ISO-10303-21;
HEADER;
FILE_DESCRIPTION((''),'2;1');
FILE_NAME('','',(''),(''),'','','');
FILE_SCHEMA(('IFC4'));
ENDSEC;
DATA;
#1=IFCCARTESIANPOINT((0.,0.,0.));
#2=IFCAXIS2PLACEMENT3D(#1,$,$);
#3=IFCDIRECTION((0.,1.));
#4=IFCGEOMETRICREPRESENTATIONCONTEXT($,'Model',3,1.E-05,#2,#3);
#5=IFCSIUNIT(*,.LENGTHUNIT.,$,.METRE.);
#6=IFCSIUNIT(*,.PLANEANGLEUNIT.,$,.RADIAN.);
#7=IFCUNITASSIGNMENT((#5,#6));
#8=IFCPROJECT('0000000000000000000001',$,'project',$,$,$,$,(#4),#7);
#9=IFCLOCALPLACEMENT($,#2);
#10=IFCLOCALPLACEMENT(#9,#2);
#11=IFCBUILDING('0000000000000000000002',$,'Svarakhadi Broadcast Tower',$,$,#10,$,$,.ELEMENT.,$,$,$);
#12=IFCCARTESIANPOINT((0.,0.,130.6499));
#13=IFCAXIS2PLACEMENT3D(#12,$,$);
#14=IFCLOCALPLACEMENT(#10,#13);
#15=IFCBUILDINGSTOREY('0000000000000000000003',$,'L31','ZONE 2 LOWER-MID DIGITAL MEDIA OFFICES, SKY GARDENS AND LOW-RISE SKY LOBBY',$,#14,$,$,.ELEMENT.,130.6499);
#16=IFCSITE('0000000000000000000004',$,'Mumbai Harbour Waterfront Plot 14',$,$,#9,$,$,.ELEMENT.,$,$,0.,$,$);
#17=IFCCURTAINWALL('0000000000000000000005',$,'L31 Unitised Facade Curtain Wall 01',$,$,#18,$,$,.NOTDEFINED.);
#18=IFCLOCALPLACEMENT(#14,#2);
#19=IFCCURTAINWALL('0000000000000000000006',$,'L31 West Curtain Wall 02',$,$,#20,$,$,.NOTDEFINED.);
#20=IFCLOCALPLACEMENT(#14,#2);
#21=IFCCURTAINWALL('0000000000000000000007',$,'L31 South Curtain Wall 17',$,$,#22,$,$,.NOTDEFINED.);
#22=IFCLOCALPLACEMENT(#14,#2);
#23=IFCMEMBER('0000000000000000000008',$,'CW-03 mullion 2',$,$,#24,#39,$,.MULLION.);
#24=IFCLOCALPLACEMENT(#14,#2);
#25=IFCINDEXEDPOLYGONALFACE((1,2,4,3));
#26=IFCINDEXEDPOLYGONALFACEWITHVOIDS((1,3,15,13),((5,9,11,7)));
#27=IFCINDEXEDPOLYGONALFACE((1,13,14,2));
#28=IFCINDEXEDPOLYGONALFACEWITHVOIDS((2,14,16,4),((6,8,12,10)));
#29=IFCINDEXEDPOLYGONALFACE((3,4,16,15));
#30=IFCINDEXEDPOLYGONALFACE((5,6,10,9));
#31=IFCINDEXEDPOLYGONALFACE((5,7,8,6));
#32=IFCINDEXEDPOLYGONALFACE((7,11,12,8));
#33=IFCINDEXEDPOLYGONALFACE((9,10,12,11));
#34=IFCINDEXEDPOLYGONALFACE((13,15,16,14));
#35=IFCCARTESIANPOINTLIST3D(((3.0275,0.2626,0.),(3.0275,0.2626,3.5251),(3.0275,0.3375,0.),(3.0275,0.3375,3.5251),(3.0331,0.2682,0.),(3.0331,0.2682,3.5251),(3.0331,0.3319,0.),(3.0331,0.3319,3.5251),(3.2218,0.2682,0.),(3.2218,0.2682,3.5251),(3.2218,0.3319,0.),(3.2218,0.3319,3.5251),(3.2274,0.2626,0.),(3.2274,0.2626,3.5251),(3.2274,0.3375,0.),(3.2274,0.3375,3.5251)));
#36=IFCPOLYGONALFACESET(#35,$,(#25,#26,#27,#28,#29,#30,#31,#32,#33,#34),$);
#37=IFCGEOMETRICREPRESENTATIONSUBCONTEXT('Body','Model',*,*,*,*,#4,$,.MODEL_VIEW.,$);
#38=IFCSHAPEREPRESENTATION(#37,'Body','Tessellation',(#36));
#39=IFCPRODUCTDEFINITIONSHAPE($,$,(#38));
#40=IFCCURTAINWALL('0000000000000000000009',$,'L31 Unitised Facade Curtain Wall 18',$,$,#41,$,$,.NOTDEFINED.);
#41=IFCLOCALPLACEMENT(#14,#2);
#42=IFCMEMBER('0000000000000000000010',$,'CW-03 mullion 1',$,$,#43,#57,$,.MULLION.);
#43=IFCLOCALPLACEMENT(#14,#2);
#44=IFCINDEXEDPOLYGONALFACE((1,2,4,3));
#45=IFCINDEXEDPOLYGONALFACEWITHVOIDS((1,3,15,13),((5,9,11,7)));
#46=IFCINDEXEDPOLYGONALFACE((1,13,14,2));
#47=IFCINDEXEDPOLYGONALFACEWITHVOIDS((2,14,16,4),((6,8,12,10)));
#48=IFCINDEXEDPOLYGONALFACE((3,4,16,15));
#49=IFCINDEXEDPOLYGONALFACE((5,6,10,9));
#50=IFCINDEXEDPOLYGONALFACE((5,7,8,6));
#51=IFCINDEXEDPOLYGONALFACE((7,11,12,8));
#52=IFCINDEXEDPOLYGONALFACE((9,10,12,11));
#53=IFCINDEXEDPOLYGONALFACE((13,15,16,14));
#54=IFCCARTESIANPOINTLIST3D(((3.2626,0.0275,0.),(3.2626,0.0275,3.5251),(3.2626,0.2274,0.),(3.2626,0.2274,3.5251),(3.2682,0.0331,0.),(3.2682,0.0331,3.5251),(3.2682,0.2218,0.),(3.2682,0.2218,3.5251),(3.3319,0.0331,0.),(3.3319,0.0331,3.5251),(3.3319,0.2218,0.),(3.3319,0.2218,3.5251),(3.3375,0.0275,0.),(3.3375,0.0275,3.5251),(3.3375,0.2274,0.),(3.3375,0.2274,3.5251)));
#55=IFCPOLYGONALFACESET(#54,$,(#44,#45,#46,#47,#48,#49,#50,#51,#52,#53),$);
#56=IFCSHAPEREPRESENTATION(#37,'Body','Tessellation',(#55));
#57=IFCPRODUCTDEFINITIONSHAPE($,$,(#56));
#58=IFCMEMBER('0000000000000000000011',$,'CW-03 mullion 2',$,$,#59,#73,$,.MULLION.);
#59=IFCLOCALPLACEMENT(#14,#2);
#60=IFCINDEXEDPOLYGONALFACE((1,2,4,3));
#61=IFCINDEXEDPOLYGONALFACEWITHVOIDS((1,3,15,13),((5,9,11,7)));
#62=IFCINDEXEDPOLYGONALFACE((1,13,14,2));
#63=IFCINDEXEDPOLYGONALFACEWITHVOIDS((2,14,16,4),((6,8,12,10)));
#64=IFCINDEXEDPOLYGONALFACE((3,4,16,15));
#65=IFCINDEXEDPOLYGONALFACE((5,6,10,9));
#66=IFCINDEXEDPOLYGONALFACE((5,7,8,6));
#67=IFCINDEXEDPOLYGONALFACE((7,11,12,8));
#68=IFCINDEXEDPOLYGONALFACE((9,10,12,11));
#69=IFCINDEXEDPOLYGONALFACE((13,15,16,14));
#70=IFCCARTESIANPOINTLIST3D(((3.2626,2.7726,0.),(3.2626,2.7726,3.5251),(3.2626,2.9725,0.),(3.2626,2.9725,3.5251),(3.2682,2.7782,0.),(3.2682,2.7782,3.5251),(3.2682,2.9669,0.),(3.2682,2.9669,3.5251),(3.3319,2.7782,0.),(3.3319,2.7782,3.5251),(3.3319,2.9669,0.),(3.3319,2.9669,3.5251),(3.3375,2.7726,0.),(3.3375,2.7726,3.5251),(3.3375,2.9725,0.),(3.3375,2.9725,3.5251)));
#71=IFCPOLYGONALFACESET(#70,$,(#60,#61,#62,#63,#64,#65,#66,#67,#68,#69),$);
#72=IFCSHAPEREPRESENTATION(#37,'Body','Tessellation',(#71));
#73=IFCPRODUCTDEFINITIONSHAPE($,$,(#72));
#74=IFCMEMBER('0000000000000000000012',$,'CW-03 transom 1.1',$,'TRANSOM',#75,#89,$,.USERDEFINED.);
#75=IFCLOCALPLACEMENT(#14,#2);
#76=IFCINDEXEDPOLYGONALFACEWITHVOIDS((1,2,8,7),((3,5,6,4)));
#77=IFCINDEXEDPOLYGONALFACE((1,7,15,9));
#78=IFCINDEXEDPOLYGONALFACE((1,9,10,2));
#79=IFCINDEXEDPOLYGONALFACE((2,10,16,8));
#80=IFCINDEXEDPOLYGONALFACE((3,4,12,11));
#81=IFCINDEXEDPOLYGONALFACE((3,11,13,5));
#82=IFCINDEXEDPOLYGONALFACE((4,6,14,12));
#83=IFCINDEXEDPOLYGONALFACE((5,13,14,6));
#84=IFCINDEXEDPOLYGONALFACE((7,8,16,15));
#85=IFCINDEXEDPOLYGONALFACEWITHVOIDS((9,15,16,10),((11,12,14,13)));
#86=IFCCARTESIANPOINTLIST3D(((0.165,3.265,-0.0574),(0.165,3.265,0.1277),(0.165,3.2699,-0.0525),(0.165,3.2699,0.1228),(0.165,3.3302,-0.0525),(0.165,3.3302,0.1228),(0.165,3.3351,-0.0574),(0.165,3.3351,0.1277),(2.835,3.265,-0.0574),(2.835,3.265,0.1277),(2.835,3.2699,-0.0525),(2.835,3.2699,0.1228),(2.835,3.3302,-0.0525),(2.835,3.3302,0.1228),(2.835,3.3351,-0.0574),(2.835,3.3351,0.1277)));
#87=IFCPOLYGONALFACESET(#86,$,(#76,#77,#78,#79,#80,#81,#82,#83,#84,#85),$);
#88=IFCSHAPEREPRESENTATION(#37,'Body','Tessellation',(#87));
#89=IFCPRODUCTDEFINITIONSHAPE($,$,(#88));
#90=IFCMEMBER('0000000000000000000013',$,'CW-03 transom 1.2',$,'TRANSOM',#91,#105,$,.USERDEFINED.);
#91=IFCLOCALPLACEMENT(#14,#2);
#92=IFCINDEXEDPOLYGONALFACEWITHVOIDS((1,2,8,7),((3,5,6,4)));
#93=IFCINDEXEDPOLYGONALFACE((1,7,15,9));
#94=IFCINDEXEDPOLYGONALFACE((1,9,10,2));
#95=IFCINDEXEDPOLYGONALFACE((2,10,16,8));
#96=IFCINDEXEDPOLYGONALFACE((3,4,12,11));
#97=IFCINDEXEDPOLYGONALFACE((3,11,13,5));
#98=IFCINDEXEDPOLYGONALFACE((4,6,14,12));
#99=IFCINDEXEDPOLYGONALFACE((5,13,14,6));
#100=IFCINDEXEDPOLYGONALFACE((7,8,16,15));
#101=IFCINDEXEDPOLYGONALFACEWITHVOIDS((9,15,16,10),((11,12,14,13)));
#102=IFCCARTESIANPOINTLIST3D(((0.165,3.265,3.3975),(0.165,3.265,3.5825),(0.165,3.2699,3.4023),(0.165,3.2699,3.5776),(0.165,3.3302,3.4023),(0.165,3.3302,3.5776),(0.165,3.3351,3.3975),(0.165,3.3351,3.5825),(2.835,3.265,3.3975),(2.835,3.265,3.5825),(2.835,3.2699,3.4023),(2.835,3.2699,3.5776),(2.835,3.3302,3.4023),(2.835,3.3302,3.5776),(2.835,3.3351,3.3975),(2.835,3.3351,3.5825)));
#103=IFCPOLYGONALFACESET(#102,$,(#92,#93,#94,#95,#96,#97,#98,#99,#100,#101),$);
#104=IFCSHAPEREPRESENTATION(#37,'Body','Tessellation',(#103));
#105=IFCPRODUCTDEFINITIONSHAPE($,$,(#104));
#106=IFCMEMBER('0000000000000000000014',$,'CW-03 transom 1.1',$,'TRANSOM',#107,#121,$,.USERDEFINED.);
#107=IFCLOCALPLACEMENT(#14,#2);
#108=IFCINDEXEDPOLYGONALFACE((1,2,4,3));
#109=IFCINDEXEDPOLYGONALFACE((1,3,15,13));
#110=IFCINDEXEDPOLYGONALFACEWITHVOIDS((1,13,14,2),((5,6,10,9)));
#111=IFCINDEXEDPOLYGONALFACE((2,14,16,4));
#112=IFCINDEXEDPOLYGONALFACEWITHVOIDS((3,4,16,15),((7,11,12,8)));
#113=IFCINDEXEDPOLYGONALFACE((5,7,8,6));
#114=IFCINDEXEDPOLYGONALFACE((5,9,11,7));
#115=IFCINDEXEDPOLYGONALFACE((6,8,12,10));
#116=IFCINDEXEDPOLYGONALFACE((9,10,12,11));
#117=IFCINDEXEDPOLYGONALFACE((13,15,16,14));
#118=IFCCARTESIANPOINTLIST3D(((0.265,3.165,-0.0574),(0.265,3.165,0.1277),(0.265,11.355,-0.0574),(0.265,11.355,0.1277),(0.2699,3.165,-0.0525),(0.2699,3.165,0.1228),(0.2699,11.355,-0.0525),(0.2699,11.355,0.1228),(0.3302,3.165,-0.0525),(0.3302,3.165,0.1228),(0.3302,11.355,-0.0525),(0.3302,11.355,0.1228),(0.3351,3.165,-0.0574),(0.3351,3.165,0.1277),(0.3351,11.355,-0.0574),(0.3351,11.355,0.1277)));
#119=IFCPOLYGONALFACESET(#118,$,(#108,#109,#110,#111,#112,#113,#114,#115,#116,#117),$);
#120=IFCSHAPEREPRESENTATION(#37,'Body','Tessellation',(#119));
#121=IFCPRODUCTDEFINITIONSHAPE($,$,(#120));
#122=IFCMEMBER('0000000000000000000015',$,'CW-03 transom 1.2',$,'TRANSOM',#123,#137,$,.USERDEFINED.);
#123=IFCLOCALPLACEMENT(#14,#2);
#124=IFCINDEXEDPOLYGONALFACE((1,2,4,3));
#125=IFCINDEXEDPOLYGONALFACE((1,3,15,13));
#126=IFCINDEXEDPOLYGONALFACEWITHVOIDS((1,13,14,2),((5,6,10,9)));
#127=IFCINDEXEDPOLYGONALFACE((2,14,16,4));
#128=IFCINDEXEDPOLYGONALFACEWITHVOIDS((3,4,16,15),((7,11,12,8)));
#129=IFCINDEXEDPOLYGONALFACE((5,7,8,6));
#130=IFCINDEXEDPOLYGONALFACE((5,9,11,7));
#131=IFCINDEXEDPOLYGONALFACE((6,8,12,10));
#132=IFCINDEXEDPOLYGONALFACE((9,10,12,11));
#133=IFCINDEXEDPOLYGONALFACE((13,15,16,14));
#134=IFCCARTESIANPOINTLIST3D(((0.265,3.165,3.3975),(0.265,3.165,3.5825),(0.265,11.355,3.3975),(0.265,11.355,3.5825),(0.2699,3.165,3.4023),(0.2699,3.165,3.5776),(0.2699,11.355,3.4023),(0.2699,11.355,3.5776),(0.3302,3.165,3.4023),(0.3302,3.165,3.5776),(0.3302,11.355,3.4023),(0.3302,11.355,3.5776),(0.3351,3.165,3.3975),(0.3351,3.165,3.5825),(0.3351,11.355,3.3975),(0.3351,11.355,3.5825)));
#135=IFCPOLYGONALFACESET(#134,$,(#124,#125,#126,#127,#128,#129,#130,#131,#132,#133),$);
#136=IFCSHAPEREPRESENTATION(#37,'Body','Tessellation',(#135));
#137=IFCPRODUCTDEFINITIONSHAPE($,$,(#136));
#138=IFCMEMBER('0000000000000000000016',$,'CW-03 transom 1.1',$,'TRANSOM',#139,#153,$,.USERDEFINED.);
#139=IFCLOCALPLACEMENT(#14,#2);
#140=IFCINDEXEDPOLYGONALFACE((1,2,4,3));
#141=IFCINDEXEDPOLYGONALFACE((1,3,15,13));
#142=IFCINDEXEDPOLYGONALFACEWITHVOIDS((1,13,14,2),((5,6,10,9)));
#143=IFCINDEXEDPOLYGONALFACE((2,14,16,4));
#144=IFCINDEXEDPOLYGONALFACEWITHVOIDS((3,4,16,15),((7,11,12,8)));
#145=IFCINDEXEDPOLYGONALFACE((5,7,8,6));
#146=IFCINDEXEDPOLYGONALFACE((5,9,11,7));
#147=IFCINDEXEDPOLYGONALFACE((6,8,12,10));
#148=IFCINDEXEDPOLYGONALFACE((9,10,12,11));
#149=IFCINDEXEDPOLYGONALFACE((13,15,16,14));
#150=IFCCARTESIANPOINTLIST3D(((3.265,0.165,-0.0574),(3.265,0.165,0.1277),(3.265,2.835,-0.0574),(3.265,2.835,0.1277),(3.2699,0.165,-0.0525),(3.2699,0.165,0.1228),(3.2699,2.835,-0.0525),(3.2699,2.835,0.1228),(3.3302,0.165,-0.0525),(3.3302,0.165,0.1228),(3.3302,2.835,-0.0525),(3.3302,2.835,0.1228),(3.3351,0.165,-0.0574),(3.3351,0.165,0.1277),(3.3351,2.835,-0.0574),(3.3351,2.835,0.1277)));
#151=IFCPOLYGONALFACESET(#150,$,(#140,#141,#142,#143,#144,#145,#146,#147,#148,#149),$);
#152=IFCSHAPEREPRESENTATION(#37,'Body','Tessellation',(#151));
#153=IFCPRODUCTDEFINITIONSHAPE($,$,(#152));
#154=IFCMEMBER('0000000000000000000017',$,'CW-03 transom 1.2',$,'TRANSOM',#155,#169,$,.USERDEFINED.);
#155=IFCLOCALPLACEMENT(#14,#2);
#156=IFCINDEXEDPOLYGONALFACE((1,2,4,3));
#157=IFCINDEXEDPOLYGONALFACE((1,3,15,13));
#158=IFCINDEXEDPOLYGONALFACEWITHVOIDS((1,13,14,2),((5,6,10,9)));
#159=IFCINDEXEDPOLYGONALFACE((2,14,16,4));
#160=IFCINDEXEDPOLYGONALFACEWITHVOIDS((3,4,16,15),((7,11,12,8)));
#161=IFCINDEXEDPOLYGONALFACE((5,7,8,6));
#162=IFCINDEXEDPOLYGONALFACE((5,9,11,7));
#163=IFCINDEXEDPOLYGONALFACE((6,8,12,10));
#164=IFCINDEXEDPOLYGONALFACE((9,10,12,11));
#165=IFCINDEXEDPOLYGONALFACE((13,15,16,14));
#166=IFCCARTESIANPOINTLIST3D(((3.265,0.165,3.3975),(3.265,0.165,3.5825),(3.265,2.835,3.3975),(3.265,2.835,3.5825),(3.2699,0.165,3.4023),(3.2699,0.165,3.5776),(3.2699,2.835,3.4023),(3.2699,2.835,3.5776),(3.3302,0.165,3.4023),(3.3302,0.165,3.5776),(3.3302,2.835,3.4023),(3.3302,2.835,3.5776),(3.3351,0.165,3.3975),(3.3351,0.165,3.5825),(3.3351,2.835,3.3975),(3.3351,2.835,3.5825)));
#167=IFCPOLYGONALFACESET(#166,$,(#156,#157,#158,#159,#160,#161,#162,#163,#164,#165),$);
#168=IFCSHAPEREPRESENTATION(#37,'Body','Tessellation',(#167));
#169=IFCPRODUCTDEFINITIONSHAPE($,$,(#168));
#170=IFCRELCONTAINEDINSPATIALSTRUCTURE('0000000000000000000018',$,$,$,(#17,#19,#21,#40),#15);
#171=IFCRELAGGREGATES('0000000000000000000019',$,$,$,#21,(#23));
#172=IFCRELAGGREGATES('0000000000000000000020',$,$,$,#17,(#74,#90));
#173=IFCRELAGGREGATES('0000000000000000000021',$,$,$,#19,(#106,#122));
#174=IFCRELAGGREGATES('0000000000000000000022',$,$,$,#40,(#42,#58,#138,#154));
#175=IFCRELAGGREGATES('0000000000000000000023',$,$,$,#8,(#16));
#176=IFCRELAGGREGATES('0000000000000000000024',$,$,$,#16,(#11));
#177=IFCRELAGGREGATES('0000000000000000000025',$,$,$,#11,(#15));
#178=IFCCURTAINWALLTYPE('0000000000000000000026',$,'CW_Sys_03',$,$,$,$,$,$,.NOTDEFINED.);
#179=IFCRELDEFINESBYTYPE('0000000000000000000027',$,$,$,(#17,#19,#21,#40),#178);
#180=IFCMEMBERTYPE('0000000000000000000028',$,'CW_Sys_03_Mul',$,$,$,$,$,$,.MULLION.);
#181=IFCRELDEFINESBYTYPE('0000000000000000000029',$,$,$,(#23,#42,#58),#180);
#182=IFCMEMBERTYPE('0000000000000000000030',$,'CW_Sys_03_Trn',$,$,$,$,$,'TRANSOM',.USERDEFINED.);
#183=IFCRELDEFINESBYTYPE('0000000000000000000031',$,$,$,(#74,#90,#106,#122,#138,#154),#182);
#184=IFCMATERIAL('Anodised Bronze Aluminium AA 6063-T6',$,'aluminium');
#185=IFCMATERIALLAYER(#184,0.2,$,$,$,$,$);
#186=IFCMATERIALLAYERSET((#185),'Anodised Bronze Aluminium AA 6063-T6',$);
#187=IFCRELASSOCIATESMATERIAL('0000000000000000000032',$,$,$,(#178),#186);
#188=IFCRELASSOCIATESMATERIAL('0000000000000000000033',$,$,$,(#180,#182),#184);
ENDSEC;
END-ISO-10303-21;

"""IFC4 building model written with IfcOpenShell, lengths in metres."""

from ifc_helpers import new_model, si_unit, direction, frame, origin, origin_2d, place, context, subcontext, project, spatial, hollow_rectangle, extrude, material, layer, layer_set, material_profile, profile_set, type_object, element, aggregate, save


model = new_model("IFC4")

# Units and contexts
model_context = context("Model", 3, precision=1e-05, world=origin(), true_north=direction((0.0, 1.0)))
body_context = subcontext(model_context, "Body", "Model", "MODEL_VIEW")
ifc_project = project(units=[si_unit("LENGTHUNIT", "METRE"), si_unit("PLANEANGLEUNIT", "RADIAN")], contexts=[model_context])

# Site, building, storey
site_placement = place(None, origin())
site = spatial("IfcSite", under=ifc_project, at=site_placement, Name="Mumbai Harbour Waterfront Plot 14", CompositionType="ELEMENT", RefElevation=0.0)
building_placement = place(site_placement, origin())
building = spatial("IfcBuilding", under=site, at=building_placement, Name="Svarakhadi Broadcast Tower", CompositionType="ELEMENT")
storey_placement = place(building_placement, frame((0.0, 0.0, 130.6499)))
storey = spatial("IfcBuildingStorey", under=building, at=storey_placement, Name="L31", Description="ZONE 2 LOWER-MID DIGITAL MEDIA OFFICES, SKY GARDENS AND LOW-RISE SKY LOBBY", CompositionType="ELEMENT", Elevation=130.6499)

# Curtain wall
ifc_material_1 = material(Name="Anodised Bronze Aluminium AA 6063-T6", Category="aluminium")
ifc_layer_1 = layer(ifc_material_1, 0.2)
ifc_layer_set_1 = layer_set([ifc_layer_1], Name="Anodised Bronze Aluminium AA 6063-T6")
curtain_wall_type = type_object("IfcCurtainWallType", Name="CW_Sys_03", PredefinedType="NOTDEFINED", material=ifc_layer_set_1)
curtain_wall_1_placement = place(storey_placement, origin())
curtain_wall_1 = element("IfcCurtainWall", 1, at=curtain_wall_1_placement, inside=storey, type_object=curtain_wall_type, Name="L31 Unitised Facade Curtain Wall 01", PredefinedType="NOTDEFINED")
ifc_material_profile_1 = material_profile(ifc_material_1, hollow_rectangle(XDim=0.075, YDim=0.2, WallThickness=0.0056, at=origin_2d()), Name="ALU MULLION 200x75x6")
ifc_profile_set_1 = profile_set([ifc_material_profile_1], Name="Anodised Bronze Aluminium AA 6063-T6")
member_type_1 = type_object("IfcMemberType", Name="CW_Sys_03_Mul", PredefinedType="MULLION", material=ifc_profile_set_1)

# Curtain walls, member
curtain_wall_2_placement = place(storey_placement, origin())
curtain_wall_2 = element("IfcCurtainWall", 2, at=curtain_wall_2_placement, inside=storey, type_object=curtain_wall_type, Name="L31 West Curtain Wall 02", PredefinedType="NOTDEFINED")
curtain_wall_3_placement = place(storey_placement, origin())
curtain_wall_3 = element("IfcCurtainWall", 3, at=curtain_wall_3_placement, inside=storey, type_object=curtain_wall_type, Name="L31 South Curtain Wall 17", PredefinedType="NOTDEFINED")
member_1_placement = place(storey_placement, frame((3.1274, 0.3, 0.0), z_axis=(0.0, 0.0, 1.0), x_axis=(0.0, -1.0, 0.0)))
member_1 = element("IfcMember", 4, at=member_1_placement, type_object=member_type_1, Name="CW-03 mullion 2", PredefinedType="MULLION", context=body_context, shape_type="SweptSolid", body=[
    extrude(hollow_rectangle(XDim=0.075, YDim=0.2, WallThickness=0.0056, at=origin_2d()), origin(), (0.0, 0.0, 1.0), 3.5251),
])
aggregate(curtain_wall_3, [member_1])

# Curtain wall, members
curtain_wall_4_placement = place(storey_placement, origin())
curtain_wall_4 = element("IfcCurtainWall", 5, at=curtain_wall_4_placement, inside=storey, type_object=curtain_wall_type, Name="L31 Unitised Facade Curtain Wall 18", PredefinedType="NOTDEFINED")
member_2_placement = place(storey_placement, frame((3.3, 0.1274, 0.0), z_axis=(0.0, 0.0, 1.0), x_axis=(-1.0, 0.0, 0.0)))
member_2 = element("IfcMember", 6, at=member_2_placement, type_object=member_type_1, Name="CW-03 mullion 1", PredefinedType="MULLION", context=body_context, shape_type="SweptSolid", body=[
    extrude(hollow_rectangle(XDim=0.075, YDim=0.2, WallThickness=0.0056, at=origin_2d()), origin(), (0.0, 0.0, 1.0), 3.5251),
])
member_3_placement = place(storey_placement, frame((3.3, 2.8726, 0.0), z_axis=(0.0, 0.0, 1.0), x_axis=(-1.0, 0.0, 0.0)))
member_3 = element("IfcMember", 7, at=member_3_placement, type_object=member_type_1, Name="CW-03 mullion 2", PredefinedType="MULLION", context=body_context, shape_type="SweptSolid", body=[
    extrude(hollow_rectangle(XDim=0.075, YDim=0.2, WallThickness=0.0056, at=origin_2d()), origin(), (0.0, 0.0, 1.0), 3.5251),
])

# Members
ifc_material_profile_2 = material_profile(ifc_material_1, hollow_rectangle(XDim=0.0701, YDim=0.1851, WallThickness=0.0049, at=origin_2d()), Name="ALU TRANSOM 185x70x5")
ifc_profile_set_2 = profile_set([ifc_material_profile_2], Name="Anodised Bronze Aluminium AA 6063-T6")
member_type_2 = type_object("IfcMemberType", Name="CW_Sys_03_Trn", ElementType="TRANSOM", PredefinedType="USERDEFINED", material=ifc_profile_set_2)
member_4_placement = place(storey_placement, frame((2.835, 3.3, 0.0352), z_axis=(-1.0, 0.0, 0.0), x_axis=(0.0, -1.0, 0.0)))
member_4 = element("IfcMember", 8, at=member_4_placement, type_object=member_type_2, Name="CW-03 transom 1.1", ObjectType="TRANSOM", PredefinedType="USERDEFINED", context=body_context, shape_type="SweptSolid", body=[
    extrude(hollow_rectangle(XDim=0.0701, YDim=0.1851, WallThickness=0.0049, at=origin_2d()), origin(), (0.0, 0.0, 1.0), 2.6699),
])
member_5_placement = place(storey_placement, frame((2.835, 3.3, 3.49), z_axis=(-1.0, 0.0, 0.0), x_axis=(0.0, -1.0, 0.0)))
member_5 = element("IfcMember", 9, at=member_5_placement, type_object=member_type_2, Name="CW-03 transom 1.2", ObjectType="TRANSOM", PredefinedType="USERDEFINED", context=body_context, shape_type="SweptSolid", body=[
    extrude(hollow_rectangle(XDim=0.0701, YDim=0.1851, WallThickness=0.0049, at=origin_2d()), origin(), (0.0, 0.0, 1.0), 2.6699),
])
member_6_placement = place(storey_placement, frame((0.3, 3.165, 0.0352), z_axis=(0.0, 1.0, 0.0), x_axis=(-1.0, 0.0, 0.0)))
member_6 = element("IfcMember", 10, at=member_6_placement, type_object=member_type_2, Name="CW-03 transom 1.1", ObjectType="TRANSOM", PredefinedType="USERDEFINED", context=body_context, shape_type="SweptSolid", body=[
    extrude(hollow_rectangle(XDim=0.0701, YDim=0.1851, WallThickness=0.0049, at=origin_2d()), origin(), (0.0, 0.0, 1.0), 8.1899),
])
member_7_placement = place(storey_placement, frame((0.3, 3.165, 3.49), z_axis=(0.0, 1.0, 0.0), x_axis=(-1.0, 0.0, 0.0)))
member_7 = element("IfcMember", 11, at=member_7_placement, type_object=member_type_2, Name="CW-03 transom 1.2", ObjectType="TRANSOM", PredefinedType="USERDEFINED", context=body_context, shape_type="SweptSolid", body=[
    extrude(hollow_rectangle(XDim=0.0701, YDim=0.1851, WallThickness=0.0049, at=origin_2d()), origin(), (0.0, 0.0, 1.0), 8.1899),
])
member_8_placement = place(storey_placement, frame((3.3, 0.165, 0.0352), z_axis=(0.0, 1.0, 0.0), x_axis=(-1.0, 0.0, 0.0)))
member_8 = element("IfcMember", 12, at=member_8_placement, type_object=member_type_2, Name="CW-03 transom 1.1", ObjectType="TRANSOM", PredefinedType="USERDEFINED", context=body_context, shape_type="SweptSolid", body=[
    extrude(hollow_rectangle(XDim=0.0701, YDim=0.1851, WallThickness=0.0049, at=origin_2d()), origin(), (0.0, 0.0, 1.0), 2.6699),
])
member_9_placement = place(storey_placement, frame((3.3, 0.165, 3.49), z_axis=(0.0, 1.0, 0.0), x_axis=(-1.0, 0.0, 0.0)))
member_9 = element("IfcMember", 13, at=member_9_placement, type_object=member_type_2, Name="CW-03 transom 1.2", ObjectType="TRANSOM", PredefinedType="USERDEFINED", context=body_context, shape_type="SweptSolid", body=[
    extrude(hollow_rectangle(XDim=0.0701, YDim=0.1851, WallThickness=0.0049, at=origin_2d()), origin(), (0.0, 0.0, 1.0), 2.6699),
])

aggregate(curtain_wall_1, [member_4, member_5])
aggregate(curtain_wall_2, [member_6, member_7])
aggregate(curtain_wall_4, [member_2, member_3, member_8, member_9])

save(model, "model.ifc")
